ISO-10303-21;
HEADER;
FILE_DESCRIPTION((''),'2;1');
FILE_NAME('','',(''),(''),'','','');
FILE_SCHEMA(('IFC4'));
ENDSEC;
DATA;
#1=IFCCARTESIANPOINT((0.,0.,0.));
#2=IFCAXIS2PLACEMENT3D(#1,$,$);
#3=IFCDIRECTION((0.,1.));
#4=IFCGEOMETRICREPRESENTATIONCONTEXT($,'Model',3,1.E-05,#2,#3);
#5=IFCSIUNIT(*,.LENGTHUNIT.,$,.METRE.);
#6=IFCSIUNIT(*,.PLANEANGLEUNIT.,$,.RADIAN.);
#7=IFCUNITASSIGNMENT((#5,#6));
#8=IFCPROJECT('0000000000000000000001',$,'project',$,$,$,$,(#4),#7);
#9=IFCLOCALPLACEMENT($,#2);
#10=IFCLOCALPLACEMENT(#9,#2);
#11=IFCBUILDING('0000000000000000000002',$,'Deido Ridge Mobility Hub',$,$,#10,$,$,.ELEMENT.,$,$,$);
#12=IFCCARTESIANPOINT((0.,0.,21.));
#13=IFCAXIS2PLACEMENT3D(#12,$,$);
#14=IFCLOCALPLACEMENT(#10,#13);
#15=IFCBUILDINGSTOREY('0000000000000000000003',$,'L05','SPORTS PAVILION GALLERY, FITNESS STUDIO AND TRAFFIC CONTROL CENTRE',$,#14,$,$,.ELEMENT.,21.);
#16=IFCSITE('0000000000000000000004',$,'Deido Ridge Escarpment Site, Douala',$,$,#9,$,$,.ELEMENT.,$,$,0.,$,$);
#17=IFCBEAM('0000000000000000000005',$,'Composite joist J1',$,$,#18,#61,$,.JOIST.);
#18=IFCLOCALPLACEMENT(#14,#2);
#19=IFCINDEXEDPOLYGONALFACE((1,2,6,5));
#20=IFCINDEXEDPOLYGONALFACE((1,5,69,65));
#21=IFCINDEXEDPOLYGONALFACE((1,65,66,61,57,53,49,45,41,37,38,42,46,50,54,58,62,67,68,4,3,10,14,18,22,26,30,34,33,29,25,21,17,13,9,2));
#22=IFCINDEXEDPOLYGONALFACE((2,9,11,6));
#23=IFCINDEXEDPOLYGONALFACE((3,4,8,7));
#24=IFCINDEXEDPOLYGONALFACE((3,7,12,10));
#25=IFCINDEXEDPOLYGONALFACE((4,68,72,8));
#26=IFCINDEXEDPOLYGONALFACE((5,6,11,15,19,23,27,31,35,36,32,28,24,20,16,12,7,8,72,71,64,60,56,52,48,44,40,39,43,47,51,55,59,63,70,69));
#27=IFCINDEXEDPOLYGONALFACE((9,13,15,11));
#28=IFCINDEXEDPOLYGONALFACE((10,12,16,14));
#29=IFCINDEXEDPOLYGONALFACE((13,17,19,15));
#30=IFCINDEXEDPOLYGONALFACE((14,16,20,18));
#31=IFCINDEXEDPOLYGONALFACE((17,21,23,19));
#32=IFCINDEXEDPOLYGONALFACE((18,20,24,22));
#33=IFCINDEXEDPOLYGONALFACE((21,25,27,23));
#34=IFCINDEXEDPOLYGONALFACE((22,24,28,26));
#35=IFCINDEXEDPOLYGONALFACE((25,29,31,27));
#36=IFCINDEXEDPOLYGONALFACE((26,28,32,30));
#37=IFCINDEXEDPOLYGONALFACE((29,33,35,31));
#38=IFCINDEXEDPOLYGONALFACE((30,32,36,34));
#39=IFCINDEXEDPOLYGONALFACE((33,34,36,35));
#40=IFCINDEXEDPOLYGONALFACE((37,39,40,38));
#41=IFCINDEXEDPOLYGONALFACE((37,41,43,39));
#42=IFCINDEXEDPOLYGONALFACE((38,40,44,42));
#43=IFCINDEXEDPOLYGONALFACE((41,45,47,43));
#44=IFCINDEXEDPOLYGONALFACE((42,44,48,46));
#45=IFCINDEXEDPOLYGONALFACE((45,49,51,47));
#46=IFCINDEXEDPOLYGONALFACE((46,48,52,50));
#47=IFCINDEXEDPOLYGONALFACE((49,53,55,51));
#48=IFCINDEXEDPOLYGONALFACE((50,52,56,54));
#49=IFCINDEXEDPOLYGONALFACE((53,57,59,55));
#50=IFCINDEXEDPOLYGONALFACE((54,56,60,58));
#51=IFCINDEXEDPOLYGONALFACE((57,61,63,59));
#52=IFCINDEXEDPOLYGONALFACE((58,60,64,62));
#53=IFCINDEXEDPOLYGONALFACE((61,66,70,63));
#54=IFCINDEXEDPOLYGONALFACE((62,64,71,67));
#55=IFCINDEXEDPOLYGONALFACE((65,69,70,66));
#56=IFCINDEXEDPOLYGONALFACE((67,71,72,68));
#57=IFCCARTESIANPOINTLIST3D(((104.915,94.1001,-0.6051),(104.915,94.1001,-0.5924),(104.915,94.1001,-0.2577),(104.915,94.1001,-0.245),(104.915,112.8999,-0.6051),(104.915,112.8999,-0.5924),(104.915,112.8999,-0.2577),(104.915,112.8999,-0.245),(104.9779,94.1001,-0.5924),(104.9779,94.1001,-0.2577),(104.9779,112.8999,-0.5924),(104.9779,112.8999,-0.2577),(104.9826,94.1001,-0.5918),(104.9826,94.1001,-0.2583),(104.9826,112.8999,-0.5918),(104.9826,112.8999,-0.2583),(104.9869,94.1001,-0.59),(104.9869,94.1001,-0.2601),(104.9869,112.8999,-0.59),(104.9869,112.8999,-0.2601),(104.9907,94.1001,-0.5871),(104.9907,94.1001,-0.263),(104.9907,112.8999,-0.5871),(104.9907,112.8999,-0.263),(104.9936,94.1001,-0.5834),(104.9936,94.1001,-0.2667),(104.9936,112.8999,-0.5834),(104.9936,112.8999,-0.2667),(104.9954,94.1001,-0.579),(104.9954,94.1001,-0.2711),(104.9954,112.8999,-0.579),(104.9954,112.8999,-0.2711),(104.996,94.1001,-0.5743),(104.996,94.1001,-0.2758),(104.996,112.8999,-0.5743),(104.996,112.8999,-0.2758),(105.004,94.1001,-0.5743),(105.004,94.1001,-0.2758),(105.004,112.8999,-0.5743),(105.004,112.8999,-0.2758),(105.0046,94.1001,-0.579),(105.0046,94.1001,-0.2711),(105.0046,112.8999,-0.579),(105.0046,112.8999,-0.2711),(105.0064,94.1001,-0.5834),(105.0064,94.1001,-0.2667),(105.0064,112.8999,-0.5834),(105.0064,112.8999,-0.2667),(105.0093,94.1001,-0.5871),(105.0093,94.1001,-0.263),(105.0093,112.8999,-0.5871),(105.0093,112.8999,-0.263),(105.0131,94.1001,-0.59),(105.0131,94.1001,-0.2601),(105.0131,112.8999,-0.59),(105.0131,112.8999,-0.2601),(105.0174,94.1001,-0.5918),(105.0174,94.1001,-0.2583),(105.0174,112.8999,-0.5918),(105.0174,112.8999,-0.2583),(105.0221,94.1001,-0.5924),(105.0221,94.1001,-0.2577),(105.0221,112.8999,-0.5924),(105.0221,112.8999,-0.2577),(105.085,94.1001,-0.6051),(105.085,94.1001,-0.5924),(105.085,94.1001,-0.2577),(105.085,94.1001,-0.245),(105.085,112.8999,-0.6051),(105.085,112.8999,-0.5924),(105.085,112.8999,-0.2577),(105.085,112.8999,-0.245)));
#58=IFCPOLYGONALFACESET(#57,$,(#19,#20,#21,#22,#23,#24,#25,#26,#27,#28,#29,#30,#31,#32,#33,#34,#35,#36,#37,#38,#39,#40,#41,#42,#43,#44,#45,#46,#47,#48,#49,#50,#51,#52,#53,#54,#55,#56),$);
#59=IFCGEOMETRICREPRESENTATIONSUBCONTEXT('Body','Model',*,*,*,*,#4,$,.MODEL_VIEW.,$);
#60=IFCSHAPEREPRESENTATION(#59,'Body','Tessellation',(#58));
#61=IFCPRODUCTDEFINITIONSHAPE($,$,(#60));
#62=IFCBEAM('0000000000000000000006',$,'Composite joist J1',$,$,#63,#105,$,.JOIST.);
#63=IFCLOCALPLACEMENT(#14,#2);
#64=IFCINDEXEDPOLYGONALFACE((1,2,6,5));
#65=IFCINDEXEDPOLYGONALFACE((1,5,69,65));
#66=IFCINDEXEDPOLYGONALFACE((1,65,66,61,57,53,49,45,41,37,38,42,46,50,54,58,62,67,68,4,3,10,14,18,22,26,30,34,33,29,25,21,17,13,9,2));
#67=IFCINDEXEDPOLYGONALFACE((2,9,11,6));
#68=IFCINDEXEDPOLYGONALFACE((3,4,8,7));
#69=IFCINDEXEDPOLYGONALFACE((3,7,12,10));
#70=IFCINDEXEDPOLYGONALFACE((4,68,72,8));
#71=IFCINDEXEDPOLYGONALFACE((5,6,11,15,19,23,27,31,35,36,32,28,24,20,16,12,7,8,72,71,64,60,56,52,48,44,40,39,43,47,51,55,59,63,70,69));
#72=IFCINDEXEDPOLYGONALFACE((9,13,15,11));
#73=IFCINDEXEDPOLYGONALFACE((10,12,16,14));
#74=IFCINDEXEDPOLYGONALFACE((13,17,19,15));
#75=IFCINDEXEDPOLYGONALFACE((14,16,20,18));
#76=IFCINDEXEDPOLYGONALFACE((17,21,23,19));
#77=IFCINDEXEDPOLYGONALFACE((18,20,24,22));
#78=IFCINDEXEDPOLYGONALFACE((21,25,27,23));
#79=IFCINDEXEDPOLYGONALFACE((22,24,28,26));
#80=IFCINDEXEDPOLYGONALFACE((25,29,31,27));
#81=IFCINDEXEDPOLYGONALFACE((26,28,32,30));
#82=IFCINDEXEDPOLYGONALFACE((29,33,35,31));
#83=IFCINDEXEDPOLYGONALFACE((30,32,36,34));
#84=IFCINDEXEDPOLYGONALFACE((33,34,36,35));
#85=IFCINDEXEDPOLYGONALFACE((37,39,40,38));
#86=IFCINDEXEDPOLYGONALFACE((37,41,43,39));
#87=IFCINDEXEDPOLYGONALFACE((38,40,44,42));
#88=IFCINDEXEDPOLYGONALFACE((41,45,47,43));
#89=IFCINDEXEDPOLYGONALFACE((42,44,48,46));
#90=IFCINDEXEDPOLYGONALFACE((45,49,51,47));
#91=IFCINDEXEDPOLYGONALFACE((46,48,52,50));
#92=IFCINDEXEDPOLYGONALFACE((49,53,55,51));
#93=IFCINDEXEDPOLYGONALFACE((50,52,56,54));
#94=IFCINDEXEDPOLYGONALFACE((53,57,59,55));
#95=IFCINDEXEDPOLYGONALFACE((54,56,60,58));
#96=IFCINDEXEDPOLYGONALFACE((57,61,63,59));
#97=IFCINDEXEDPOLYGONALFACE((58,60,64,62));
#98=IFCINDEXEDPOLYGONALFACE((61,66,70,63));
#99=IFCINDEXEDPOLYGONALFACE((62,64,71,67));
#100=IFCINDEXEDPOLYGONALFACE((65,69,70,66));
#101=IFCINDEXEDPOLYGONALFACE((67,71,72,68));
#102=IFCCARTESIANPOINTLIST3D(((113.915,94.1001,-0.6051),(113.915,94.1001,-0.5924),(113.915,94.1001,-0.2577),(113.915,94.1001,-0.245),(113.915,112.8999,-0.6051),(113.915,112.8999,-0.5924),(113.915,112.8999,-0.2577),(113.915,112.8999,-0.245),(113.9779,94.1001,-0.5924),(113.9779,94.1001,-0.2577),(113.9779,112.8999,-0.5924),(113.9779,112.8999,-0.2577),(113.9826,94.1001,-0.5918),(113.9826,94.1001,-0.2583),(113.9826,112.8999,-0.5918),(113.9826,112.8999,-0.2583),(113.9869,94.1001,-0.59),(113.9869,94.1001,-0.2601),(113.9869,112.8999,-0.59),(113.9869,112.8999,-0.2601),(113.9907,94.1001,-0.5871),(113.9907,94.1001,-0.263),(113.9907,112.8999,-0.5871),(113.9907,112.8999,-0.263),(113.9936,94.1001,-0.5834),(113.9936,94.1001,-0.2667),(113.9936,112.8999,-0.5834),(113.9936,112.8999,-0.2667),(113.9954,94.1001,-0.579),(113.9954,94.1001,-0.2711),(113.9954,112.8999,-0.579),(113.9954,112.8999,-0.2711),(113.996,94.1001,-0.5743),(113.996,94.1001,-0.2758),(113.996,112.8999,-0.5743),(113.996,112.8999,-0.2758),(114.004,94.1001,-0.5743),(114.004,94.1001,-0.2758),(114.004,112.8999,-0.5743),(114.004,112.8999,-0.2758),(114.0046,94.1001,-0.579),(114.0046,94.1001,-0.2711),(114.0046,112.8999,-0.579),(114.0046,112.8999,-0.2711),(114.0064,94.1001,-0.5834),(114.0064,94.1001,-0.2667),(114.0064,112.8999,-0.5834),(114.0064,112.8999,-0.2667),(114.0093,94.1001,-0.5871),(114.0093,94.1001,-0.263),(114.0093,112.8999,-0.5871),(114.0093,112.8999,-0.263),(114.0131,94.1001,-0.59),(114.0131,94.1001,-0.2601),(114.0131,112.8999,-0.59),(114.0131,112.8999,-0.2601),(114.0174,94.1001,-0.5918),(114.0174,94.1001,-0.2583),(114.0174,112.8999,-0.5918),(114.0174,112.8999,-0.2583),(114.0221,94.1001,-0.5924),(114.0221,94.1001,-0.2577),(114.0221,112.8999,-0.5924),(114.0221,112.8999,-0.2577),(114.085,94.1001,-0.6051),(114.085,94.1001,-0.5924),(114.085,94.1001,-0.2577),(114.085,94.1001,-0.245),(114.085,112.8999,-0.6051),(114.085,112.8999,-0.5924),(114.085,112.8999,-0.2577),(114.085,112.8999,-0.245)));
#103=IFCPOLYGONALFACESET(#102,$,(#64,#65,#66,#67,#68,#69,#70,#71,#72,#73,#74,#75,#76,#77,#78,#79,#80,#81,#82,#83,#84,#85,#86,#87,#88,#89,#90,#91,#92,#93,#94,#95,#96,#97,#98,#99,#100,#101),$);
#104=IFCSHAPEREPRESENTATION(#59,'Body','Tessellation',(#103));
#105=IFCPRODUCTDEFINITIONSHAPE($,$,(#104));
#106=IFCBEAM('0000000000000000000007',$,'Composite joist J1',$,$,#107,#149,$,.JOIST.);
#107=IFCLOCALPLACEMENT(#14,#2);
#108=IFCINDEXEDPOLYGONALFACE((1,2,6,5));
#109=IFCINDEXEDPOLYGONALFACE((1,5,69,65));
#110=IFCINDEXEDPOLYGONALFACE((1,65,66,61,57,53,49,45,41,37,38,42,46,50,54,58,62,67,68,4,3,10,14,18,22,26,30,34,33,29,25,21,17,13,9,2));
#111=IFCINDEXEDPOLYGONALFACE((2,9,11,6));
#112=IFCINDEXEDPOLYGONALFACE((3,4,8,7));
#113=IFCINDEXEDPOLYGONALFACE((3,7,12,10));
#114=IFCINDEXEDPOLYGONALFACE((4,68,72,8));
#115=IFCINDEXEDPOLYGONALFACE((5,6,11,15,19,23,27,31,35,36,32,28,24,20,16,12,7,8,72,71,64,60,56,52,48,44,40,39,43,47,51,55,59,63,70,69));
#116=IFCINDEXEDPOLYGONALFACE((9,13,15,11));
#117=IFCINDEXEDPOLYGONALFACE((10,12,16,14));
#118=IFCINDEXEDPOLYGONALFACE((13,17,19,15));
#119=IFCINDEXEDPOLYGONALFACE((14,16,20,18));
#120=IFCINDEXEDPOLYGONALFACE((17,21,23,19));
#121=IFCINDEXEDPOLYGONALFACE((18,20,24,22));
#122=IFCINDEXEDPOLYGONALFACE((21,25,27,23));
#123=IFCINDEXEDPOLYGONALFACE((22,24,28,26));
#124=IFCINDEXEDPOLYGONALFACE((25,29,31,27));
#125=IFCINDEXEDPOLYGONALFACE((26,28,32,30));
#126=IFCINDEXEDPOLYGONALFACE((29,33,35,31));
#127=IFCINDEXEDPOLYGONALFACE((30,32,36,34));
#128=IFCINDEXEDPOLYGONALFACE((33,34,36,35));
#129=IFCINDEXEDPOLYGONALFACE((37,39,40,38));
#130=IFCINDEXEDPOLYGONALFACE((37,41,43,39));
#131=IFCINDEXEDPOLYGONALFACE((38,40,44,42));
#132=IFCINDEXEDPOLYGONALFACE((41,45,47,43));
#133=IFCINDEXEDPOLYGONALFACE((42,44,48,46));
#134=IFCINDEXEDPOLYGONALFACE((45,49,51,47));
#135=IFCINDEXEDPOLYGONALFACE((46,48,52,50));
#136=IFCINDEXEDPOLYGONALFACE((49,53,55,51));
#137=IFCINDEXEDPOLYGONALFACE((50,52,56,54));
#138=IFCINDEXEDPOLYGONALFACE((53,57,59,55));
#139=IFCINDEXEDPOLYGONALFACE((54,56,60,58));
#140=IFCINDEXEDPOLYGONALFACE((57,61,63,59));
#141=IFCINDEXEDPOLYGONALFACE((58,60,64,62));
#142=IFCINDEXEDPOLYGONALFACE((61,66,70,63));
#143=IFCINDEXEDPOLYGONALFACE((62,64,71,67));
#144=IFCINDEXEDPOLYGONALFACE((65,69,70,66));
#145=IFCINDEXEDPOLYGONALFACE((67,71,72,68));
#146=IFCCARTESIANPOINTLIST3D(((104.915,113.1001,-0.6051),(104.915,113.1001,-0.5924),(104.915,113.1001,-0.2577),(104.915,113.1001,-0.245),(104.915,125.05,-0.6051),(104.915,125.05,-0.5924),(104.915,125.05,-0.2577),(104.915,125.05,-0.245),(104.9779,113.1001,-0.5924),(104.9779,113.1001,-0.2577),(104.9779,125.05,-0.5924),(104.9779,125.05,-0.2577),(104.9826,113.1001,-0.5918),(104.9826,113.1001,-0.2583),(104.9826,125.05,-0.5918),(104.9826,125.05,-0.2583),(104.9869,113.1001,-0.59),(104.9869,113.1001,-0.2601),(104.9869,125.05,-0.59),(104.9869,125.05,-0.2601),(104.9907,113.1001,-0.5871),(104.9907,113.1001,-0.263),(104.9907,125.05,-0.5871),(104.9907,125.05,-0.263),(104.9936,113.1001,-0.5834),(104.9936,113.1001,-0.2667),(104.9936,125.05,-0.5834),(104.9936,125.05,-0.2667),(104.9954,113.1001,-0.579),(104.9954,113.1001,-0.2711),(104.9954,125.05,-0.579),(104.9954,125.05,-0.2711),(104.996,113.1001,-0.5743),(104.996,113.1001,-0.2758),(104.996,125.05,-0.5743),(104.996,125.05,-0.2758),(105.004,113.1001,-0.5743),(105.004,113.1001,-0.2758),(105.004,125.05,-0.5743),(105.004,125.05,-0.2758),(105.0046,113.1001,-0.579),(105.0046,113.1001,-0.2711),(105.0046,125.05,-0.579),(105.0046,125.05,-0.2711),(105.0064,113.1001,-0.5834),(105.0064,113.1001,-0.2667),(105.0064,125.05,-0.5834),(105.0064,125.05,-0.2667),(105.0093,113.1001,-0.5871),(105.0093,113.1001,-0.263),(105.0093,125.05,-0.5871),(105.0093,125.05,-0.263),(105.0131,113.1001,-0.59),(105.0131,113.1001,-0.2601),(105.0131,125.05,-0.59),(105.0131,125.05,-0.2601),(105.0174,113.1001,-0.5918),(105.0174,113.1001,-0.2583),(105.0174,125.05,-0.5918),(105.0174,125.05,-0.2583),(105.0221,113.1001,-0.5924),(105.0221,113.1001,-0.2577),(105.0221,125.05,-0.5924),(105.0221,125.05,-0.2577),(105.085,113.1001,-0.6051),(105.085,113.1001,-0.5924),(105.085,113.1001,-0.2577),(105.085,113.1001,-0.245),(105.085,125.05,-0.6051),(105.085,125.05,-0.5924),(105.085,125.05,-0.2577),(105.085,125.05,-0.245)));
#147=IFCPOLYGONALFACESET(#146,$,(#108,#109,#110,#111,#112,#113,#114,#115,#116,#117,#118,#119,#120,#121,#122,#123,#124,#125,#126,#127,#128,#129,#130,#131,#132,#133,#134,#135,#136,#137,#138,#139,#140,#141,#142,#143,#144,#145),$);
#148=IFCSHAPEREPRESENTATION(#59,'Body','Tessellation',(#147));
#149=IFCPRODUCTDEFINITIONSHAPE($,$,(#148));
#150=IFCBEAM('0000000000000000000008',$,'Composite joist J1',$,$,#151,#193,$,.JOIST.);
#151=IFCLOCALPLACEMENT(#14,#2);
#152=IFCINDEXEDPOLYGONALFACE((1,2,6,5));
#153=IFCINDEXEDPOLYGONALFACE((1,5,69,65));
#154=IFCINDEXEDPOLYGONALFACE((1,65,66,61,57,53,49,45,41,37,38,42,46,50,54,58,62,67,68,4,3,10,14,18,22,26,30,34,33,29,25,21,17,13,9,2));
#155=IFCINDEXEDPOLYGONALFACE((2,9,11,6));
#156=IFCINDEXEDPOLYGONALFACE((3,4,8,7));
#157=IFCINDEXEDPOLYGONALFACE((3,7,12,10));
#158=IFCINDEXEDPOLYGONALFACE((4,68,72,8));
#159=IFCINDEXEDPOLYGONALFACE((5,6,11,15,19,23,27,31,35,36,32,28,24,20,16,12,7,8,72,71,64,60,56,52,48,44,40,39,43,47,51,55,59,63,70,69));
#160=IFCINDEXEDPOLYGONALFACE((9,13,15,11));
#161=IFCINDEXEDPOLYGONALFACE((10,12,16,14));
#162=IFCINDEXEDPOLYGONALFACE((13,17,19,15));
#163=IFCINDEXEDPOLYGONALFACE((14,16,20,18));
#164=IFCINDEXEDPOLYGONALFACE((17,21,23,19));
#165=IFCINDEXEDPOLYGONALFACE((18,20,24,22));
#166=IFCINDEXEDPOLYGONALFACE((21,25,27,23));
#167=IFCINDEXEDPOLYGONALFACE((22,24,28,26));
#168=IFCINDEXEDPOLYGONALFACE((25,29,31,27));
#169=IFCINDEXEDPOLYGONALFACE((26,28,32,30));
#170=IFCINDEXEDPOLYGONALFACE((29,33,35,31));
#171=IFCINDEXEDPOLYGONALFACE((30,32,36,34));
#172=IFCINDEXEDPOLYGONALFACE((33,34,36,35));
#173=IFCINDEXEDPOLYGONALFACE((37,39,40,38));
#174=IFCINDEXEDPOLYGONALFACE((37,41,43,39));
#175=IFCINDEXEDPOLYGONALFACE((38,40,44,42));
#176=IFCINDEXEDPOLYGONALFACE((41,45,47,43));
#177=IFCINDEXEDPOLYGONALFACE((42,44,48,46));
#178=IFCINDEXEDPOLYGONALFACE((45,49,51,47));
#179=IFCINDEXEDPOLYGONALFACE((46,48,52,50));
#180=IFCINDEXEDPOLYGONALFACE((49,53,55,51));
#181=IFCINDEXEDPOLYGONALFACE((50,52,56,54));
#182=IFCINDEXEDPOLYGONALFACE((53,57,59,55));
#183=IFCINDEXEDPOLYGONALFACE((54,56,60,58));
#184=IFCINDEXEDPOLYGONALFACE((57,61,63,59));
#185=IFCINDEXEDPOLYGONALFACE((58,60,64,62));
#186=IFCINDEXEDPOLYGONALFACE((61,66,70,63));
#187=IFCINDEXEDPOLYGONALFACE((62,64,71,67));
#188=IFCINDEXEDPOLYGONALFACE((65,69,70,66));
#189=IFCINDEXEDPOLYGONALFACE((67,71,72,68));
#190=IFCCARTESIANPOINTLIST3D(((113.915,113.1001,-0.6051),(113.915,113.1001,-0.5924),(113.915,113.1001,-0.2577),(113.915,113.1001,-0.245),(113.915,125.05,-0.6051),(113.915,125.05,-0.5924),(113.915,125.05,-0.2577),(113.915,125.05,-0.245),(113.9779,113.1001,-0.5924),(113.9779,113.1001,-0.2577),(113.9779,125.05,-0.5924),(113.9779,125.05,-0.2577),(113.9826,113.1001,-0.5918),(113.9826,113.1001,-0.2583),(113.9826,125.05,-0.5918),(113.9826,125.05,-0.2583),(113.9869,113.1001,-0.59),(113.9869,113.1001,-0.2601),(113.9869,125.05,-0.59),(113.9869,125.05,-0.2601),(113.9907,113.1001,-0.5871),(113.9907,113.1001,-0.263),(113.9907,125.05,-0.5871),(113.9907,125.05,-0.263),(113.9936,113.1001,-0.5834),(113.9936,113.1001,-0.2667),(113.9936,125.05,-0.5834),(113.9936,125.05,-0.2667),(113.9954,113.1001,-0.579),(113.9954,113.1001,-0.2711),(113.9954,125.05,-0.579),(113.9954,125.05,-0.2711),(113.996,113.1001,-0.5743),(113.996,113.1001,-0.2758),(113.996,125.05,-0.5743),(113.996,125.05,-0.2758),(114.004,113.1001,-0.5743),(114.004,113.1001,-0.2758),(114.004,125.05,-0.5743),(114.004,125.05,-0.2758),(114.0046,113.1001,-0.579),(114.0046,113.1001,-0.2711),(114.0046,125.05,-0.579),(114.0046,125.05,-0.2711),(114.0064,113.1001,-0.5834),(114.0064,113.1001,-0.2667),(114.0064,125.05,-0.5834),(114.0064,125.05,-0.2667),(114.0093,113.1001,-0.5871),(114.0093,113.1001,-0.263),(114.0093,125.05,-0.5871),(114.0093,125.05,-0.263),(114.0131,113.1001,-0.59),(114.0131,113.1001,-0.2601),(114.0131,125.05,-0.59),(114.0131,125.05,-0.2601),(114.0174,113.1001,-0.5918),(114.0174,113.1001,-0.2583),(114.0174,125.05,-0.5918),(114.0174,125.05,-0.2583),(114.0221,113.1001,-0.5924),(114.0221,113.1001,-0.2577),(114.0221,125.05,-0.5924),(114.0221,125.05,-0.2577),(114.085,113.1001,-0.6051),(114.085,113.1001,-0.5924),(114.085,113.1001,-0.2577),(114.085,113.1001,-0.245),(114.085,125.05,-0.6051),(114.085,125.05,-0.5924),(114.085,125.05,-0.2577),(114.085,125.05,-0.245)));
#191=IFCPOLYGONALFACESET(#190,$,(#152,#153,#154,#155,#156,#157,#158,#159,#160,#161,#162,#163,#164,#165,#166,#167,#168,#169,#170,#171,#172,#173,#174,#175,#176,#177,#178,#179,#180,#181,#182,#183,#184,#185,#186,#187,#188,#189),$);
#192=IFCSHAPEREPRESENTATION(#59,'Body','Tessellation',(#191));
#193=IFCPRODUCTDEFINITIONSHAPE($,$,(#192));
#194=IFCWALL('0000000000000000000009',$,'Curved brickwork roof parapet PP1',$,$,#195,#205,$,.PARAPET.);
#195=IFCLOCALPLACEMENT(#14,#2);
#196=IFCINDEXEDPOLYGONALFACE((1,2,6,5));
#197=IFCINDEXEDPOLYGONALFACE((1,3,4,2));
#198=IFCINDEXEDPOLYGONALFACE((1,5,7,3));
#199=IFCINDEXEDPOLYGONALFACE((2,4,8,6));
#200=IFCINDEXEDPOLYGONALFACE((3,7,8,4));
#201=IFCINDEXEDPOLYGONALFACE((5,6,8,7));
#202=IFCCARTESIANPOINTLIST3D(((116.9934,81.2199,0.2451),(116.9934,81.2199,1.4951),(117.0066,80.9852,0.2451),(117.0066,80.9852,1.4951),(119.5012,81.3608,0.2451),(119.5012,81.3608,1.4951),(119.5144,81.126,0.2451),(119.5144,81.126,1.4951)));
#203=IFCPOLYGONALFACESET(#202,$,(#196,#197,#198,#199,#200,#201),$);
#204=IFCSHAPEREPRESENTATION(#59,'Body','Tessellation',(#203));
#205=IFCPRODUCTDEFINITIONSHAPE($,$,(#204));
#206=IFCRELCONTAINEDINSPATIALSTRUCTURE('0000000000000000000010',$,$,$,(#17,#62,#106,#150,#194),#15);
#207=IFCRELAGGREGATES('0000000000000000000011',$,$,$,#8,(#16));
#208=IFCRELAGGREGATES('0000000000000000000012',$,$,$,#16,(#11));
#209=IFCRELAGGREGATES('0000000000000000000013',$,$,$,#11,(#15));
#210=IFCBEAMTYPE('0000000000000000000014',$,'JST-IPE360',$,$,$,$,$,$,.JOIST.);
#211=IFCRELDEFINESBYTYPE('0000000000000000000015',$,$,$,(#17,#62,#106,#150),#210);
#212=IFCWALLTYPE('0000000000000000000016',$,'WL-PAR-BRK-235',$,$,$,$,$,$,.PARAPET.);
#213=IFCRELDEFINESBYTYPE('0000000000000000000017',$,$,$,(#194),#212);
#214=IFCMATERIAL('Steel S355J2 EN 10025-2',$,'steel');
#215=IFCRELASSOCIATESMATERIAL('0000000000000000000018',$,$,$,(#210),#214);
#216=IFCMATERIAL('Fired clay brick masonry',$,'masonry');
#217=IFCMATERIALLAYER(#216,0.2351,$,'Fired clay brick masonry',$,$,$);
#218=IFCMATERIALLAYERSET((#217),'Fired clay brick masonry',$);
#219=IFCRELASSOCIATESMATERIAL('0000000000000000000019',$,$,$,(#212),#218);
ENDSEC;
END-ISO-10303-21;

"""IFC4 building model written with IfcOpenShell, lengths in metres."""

from ifc_helpers import new_model, si_unit, direction, frame, frame_2d, origin, origin_2d, place, context, subcontext, project, spatial, rectangle, i_section, extrude, material, layer, layer_set, material_profile, profile_set, type_object, element, save


model = new_model("IFC4")

# Units and contexts
model_context = context("Model", 3, precision=1e-05, world=origin(), true_north=direction((0.0, 1.0)))
body_context = subcontext(model_context, "Body", "Model", "MODEL_VIEW")
ifc_project = project(units=[si_unit("LENGTHUNIT", "METRE"), si_unit("PLANEANGLEUNIT", "RADIAN")], contexts=[model_context])

# Site, building, storey
site_placement = place(None, origin())
site = spatial("IfcSite", under=ifc_project, at=site_placement, Name="Deido Ridge Escarpment Site, Douala", CompositionType="ELEMENT", RefElevation=0.0)
building_placement = place(site_placement, origin())
building = spatial("IfcBuilding", under=site, at=building_placement, Name="Deido Ridge Mobility Hub", CompositionType="ELEMENT")
storey_placement = place(building_placement, frame((0.0, 0.0, 21.0)))
storey = spatial("IfcBuildingStorey", under=building, at=storey_placement, Name="L05", Description="SPORTS PAVILION GALLERY, FITNESS STUDIO AND TRAFFIC CONTROL CENTRE", CompositionType="ELEMENT", Elevation=21.0)

# Beams
ifc_material_1 = material(Name="Steel S355J2 EN 10025-2", Category="steel")
ifc_material_profile_1 = material_profile(ifc_material_1, i_section(OverallWidth=0.1699, OverallDepth=0.3601, WebThickness=0.0081, FlangeThickness=0.0127, FilletRadius=0.0181, at=origin_2d()), Name="IPE 360")
ifc_profile_set_1 = profile_set([ifc_material_profile_1], Name="Steel S355J2 EN 10025-2")
beam_type_1 = type_object("IfcBeamType", Name="JST-IPE360", PredefinedType="JOIST", material=ifc_profile_set_1)
for number, where, z_axis, x_axis, name in (
    (1, (105.0, 94.1001, -0.425), (0.0, 1.0, 0.0), (-1.0, 0.0, 0.0), "Composite joist J1"),
    (2, (114.0, 94.1001, -0.425), (0.0, 1.0, 0.0), (-1.0, 0.0, 0.0), "Composite joist J1"),
):
    element("IfcBeam", number, at=place(storey_placement, frame(where, z_axis=z_axis, x_axis=x_axis)), inside=storey, type_object=beam_type_1, Name=name, PredefinedType="JOIST", context=body_context, shape_type="SweptSolid", body=[
        extrude(i_section(OverallWidth=0.1699, OverallDepth=0.3601, WebThickness=0.0081, FlangeThickness=0.0127, FilletRadius=0.0181, at=origin_2d()), origin(), (0.0, 0.0, 1.0), 18.7998),
    ])
for number, where, z_axis, x_axis, name in (
    (3, (105.0, 113.1001, -0.425), (0.0, 1.0, 0.0), (-1.0, 0.0, 0.0), "Composite joist J1"),
    (4, (114.0, 113.1001, -0.425), (0.0, 1.0, 0.0), (-1.0, 0.0, 0.0), "Composite joist J1"),
):
    element("IfcBeam", number, at=place(storey_placement, frame(where, z_axis=z_axis, x_axis=x_axis)), inside=storey, type_object=beam_type_1, Name=name, PredefinedType="JOIST", context=body_context, shape_type="SweptSolid", body=[
        extrude(i_section(OverallWidth=0.1699, OverallDepth=0.3601, WebThickness=0.0081, FlangeThickness=0.0127, FilletRadius=0.0181, at=origin_2d()), origin(), (0.0, 0.0, 1.0), 11.95),
    ])

# Wall
ifc_material_2 = material(Name="Fired clay brick masonry", Category="masonry")
ifc_layer = layer(ifc_material_2, 0.2351, Name="Fired clay brick masonry")
ifc_layer_set = layer_set([ifc_layer], Name="Fired clay brick masonry")
wall_type = type_object("IfcWallType", Name="WL-PAR-BRK-235", PredefinedType="PARAPET", material=ifc_layer_set)
wall_1_placement = place(storey_placement, frame((117.0, 81.1025, 0.2451), z_axis=(0.0, 0.0, 1.0), x_axis=(0.998426, 0.056084, 0.0)))
element("IfcWall", 5, at=wall_1_placement, inside=storey, type_object=wall_type, Name="Curved brickwork roof parapet PP1", PredefinedType="PARAPET", context=body_context, shape_type="SweptSolid", body=[
    extrude(rectangle(XDim=2.5117, YDim=0.2351, at=frame_2d((1.2559, 0.0))), origin(), (0.0, 0.0, 1.0), 1.25),
])

save(model, "model.ifc")
